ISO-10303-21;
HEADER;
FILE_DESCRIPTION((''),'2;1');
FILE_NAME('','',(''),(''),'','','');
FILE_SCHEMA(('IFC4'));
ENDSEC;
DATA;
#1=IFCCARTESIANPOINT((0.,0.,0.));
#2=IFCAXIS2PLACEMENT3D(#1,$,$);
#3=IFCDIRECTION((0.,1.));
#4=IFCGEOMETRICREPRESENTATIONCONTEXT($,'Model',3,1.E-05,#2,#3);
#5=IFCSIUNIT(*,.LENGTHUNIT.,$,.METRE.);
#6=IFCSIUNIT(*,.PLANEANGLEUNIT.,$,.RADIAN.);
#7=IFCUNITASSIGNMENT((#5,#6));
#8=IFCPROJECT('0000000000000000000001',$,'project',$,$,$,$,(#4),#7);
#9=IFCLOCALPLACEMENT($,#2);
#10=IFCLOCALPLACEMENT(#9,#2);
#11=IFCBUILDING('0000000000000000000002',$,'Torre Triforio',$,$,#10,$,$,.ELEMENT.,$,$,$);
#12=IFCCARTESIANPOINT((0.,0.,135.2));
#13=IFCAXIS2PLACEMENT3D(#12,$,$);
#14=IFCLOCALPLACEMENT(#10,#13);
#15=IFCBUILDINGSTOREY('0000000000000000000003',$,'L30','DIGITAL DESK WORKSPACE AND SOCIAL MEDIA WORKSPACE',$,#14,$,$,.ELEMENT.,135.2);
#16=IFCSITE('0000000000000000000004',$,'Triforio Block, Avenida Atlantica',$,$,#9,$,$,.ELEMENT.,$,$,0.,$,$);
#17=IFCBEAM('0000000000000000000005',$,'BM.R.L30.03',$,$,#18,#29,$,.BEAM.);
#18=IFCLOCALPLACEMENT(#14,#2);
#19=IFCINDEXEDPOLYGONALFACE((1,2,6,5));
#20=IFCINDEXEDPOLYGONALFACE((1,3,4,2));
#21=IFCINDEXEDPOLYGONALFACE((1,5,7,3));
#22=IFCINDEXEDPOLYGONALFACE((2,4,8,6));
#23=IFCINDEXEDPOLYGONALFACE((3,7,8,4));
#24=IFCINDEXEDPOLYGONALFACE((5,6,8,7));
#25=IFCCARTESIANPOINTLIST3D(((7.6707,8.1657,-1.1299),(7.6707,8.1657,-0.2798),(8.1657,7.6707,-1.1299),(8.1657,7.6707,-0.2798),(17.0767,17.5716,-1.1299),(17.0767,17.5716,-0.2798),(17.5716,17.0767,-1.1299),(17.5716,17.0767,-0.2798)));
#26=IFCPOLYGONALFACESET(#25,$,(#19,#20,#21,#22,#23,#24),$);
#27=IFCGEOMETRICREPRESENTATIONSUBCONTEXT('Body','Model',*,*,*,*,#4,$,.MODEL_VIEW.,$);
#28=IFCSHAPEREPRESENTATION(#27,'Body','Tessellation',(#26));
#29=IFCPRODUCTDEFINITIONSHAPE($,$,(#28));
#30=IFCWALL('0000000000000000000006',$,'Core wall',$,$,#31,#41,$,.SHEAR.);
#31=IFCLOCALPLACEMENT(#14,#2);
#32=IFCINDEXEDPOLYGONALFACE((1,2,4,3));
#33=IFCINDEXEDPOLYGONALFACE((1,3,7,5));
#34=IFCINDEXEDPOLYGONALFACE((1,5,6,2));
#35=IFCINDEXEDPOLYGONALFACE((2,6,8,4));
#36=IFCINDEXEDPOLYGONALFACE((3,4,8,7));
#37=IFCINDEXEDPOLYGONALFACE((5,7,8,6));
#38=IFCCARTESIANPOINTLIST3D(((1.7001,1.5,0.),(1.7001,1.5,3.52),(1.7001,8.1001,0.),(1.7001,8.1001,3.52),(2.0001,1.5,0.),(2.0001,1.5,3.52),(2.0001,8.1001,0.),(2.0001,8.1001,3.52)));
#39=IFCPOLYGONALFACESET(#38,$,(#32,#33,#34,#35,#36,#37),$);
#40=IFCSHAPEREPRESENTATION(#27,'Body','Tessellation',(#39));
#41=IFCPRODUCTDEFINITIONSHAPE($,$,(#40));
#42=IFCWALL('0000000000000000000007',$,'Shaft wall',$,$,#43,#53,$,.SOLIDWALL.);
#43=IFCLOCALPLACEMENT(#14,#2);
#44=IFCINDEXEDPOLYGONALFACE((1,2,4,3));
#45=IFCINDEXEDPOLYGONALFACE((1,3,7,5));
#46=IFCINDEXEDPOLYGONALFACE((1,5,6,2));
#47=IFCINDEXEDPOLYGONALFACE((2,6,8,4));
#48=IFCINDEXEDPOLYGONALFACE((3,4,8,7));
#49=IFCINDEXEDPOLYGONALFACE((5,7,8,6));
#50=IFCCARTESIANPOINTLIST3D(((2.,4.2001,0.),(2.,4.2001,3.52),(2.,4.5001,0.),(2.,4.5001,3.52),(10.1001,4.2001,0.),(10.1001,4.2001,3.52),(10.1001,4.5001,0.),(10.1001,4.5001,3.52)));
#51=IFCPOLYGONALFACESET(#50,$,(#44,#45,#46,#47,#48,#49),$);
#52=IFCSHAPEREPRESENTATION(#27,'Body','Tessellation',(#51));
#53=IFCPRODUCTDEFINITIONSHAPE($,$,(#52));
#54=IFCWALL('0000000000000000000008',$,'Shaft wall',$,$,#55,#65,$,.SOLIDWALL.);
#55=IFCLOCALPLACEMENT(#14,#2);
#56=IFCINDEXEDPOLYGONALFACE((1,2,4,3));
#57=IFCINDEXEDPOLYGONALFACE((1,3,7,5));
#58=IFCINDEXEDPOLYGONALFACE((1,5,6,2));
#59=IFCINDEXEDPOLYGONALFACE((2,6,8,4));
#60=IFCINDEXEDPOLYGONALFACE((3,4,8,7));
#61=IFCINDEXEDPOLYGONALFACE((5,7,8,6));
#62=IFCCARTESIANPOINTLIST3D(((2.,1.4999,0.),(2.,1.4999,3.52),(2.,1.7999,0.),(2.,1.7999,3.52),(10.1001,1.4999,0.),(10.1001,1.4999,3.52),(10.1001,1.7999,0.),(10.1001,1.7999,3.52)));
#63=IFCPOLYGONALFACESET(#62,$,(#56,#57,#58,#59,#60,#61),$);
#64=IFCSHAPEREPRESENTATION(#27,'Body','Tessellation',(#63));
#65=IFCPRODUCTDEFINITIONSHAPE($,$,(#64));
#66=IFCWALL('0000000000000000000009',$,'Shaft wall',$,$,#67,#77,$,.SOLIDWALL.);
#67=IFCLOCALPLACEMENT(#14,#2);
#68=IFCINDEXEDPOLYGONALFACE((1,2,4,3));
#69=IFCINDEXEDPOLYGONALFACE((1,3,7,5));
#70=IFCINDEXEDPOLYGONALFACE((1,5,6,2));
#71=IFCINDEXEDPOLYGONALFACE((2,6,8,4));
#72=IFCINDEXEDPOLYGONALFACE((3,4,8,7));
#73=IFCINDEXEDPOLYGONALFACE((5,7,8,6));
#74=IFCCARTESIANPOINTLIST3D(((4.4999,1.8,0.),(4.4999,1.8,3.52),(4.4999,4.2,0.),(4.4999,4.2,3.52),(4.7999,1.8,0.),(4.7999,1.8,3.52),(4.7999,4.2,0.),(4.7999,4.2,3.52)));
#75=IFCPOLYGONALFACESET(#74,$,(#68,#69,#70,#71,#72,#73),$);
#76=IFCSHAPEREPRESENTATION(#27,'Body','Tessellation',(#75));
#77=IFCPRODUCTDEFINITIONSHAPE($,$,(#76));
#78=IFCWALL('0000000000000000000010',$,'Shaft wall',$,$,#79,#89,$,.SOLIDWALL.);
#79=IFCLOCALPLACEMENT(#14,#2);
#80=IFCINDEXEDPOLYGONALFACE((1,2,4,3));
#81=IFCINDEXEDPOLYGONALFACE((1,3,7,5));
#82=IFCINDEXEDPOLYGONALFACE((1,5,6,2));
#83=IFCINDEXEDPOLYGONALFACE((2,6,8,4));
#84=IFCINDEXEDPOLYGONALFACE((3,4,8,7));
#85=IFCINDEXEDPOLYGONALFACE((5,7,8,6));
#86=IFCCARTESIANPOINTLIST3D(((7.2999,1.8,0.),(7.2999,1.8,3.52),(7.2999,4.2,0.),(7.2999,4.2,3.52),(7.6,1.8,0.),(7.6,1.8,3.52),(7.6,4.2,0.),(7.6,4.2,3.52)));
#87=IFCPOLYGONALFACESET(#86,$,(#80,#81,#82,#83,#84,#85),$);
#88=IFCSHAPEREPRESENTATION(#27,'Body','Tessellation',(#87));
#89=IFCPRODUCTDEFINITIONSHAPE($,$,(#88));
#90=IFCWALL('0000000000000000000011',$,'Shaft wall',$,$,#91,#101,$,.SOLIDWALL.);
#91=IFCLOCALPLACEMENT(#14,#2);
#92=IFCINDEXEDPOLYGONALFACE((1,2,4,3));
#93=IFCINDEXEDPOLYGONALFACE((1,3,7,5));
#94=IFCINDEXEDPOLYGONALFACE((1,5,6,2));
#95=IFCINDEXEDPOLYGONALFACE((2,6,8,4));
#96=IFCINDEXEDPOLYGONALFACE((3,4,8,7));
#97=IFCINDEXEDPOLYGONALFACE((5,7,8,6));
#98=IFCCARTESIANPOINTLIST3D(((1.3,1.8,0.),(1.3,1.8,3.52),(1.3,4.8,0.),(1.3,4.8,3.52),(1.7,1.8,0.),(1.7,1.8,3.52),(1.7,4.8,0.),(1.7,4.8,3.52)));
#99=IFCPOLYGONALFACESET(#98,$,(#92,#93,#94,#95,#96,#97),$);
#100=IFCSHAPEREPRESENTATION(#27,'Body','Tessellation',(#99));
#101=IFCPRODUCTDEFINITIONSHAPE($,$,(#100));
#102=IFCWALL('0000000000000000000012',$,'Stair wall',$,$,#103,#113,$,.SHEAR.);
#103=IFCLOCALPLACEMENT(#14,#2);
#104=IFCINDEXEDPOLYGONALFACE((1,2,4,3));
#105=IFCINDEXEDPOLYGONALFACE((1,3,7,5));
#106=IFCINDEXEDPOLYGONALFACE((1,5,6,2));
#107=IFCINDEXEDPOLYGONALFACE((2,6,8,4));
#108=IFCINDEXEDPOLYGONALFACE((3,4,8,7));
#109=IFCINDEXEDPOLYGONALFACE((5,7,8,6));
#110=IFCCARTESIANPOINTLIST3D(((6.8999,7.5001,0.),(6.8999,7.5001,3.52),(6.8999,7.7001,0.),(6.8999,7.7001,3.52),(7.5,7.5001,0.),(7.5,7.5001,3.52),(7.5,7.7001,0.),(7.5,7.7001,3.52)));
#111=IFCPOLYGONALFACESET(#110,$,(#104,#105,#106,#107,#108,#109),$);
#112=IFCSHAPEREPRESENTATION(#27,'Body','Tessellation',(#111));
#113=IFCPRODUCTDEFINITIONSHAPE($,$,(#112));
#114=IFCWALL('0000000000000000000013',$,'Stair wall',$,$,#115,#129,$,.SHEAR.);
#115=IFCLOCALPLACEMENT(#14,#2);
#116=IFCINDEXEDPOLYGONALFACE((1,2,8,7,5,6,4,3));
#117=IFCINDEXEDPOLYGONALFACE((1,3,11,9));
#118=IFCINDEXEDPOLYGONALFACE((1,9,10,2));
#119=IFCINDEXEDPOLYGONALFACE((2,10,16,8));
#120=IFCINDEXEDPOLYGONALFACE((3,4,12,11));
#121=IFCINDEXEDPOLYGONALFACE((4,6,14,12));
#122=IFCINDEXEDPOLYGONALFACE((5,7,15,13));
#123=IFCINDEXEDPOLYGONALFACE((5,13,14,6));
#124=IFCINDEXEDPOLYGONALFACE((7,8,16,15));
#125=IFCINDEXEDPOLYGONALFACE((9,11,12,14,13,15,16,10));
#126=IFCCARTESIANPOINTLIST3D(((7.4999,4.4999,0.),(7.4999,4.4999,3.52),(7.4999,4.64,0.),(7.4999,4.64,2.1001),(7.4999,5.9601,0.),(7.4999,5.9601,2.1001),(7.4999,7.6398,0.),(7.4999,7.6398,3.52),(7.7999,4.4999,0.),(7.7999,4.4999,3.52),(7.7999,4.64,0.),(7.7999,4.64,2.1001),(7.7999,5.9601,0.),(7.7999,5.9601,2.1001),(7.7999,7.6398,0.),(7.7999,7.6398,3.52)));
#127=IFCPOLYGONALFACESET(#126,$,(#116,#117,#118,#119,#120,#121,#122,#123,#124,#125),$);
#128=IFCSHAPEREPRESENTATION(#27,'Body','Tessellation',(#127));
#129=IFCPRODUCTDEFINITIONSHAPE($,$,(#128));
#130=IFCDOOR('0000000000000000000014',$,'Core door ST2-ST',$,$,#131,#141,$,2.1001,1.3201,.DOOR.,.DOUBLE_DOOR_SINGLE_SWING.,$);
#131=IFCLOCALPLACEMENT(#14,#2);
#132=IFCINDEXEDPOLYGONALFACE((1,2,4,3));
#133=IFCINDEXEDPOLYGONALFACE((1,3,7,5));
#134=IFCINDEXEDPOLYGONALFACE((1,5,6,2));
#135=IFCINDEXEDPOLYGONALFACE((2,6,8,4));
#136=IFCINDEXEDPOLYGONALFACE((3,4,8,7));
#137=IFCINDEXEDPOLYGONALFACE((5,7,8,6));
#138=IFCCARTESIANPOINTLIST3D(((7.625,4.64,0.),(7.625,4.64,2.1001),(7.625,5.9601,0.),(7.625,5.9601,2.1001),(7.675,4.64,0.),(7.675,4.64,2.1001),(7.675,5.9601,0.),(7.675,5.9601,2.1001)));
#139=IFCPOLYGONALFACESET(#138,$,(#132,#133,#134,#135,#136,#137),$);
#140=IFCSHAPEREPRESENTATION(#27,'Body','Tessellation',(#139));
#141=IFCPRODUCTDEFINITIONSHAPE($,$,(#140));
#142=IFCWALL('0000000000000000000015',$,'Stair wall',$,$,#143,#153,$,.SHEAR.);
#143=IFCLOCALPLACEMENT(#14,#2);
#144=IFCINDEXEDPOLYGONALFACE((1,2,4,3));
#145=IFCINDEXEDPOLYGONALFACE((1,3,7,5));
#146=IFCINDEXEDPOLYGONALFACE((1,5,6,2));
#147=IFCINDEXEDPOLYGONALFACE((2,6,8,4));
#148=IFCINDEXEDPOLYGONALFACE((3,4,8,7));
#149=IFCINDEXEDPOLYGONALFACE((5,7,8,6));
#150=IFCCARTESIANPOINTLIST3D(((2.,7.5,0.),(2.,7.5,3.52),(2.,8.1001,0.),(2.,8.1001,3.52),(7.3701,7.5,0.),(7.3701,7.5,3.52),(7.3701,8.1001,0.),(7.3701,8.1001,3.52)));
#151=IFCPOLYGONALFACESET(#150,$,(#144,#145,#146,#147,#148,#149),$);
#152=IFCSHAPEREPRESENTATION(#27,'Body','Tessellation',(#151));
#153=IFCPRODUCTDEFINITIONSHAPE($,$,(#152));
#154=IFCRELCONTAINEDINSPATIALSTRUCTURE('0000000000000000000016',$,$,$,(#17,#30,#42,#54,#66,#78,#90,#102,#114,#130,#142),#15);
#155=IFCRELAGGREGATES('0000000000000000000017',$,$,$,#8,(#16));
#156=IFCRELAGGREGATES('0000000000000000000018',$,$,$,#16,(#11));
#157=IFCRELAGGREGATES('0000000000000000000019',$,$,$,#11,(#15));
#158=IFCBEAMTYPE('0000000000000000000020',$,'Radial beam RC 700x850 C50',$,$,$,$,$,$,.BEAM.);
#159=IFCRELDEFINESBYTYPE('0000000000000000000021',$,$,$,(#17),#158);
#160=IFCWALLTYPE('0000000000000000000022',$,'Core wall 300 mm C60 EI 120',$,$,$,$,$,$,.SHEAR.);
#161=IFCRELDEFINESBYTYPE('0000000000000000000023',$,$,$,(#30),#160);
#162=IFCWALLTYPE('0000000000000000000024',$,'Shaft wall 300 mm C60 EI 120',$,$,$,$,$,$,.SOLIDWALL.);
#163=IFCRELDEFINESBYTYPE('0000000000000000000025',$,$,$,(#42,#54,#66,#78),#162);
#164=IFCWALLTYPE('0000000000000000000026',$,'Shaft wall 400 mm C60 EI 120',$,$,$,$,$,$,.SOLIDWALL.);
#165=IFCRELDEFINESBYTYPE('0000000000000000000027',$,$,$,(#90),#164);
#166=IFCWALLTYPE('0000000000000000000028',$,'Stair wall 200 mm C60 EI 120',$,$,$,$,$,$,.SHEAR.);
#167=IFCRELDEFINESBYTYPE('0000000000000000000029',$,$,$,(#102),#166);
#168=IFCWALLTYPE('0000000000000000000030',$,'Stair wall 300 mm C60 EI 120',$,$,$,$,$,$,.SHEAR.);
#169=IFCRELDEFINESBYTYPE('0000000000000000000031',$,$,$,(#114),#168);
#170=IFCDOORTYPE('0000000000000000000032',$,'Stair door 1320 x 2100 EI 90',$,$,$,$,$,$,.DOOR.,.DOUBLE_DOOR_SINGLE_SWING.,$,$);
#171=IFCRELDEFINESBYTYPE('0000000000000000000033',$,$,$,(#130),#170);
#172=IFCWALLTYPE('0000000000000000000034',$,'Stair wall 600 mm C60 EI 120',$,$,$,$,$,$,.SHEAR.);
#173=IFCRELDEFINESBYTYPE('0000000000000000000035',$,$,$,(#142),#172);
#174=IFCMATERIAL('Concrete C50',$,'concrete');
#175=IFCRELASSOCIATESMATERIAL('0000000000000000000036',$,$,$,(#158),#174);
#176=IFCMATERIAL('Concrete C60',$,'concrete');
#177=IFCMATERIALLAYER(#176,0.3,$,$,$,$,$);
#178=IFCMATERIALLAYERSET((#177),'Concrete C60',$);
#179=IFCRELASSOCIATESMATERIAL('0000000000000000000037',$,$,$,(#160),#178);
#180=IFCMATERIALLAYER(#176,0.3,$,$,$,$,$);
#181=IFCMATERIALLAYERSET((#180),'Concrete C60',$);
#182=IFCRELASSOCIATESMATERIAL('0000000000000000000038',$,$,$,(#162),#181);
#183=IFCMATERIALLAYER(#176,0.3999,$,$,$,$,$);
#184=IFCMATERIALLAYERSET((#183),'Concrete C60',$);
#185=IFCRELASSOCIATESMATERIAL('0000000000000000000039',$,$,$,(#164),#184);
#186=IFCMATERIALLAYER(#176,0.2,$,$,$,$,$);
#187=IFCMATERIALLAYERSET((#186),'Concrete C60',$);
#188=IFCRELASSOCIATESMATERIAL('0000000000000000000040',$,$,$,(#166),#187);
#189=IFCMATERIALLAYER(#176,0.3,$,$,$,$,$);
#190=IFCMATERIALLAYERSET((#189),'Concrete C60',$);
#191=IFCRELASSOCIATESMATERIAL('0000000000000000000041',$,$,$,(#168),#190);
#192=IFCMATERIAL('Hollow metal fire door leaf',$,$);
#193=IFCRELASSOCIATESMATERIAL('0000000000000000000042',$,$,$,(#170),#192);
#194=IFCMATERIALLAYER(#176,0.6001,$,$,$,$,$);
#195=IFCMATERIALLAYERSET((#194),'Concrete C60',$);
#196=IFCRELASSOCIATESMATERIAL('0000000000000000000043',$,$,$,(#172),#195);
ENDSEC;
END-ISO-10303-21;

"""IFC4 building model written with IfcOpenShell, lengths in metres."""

from ifc_helpers import new_model, si_unit, direction, frame, frame_2d, origin, origin_2d, place, context, subcontext, project, spatial, rectangle, extrude, material, layer, layer_set, material_profile, profile_set, type_object, element, fill, save


model = new_model("IFC4")

# Units and contexts
model_context = context("Model", 3, precision=1e-05, world=origin(), true_north=direction((0.0, 1.0)))
body_context = subcontext(model_context, "Body", "Model", "MODEL_VIEW")
ifc_project = project(units=[si_unit("LENGTHUNIT", "METRE"), si_unit("PLANEANGLEUNIT", "RADIAN")], contexts=[model_context])

# Site, building, storey
site_placement = place(None, origin())
site = spatial("IfcSite", under=ifc_project, at=site_placement, Name="Triforio Block, Avenida Atlantica", CompositionType="ELEMENT", RefElevation=0.0)
building_placement = place(site_placement, origin())
building = spatial("IfcBuilding", under=site, at=building_placement, Name="Torre Triforio", CompositionType="ELEMENT")
storey_placement = place(building_placement, frame((0.0, 0.0, 135.2)))
storey = spatial("IfcBuildingStorey", under=building, at=storey_placement, Name="L30", Description="DIGITAL DESK WORKSPACE AND SOCIAL MEDIA WORKSPACE", CompositionType="ELEMENT", Elevation=135.2)

# Beam
ifc_material_1 = material(Name="Concrete C50", Category="concrete")
ifc_material_profile = material_profile(ifc_material_1, rectangle(XDim=0.7, YDim=0.8501, at=origin_2d()), Name="RC 700x850")
ifc_profile_set = profile_set([ifc_material_profile], Name="Concrete C50")
beam_type = type_object("IfcBeamType", Name="Radial beam RC 700x850 C50", PredefinedType="BEAM", material=ifc_profile_set)
beam_placement = place(storey_placement, frame((7.9182, 7.9182, -0.7048), z_axis=(0.707107, 0.707107, 0.0), x_axis=(-0.707107, 0.707107, 0.0)))
element("IfcBeam", 1, at=beam_placement, inside=storey, type_object=beam_type, Name="BM.R.L30.03", PredefinedType="BEAM", context=body_context, shape_type="SweptSolid", body=[
    extrude(rectangle(XDim=0.7, YDim=0.8501, at=origin_2d()), origin(), (0.0, 0.0, 1.0), 13.302),
])

# Walls
ifc_material_2 = material(Name="Concrete C60", Category="concrete")
ifc_layer_1 = layer(ifc_material_2, 0.3)
ifc_layer_set_1 = layer_set([ifc_layer_1], Name="Concrete C60")
wall_type_1 = type_object("IfcWallType", Name="Core wall 300 mm C60 EI 120", PredefinedType="SHEAR", material=ifc_layer_set_1)
wall_1_placement = place(storey_placement, frame((1.8501, 1.5, 0.0), z_axis=(0.0, 0.0, 1.0), x_axis=(0.0, 1.0, 0.0)))
element("IfcWall", 2, at=wall_1_placement, inside=storey, type_object=wall_type_1, Name="Core wall", PredefinedType="SHEAR", context=body_context, shape_type="SweptSolid", body=[
    extrude(rectangle(XDim=6.6001, YDim=0.3, at=frame_2d((3.3, 0.0))), origin(), (0.0, 0.0, 1.0), 3.52),
])
ifc_layer_2 = layer(ifc_material_2, 0.3)
ifc_layer_set_2 = layer_set([ifc_layer_2], Name="Concrete C60")
wall_type_2 = type_object("IfcWallType", Name="Shaft wall 300 mm C60 EI 120", PredefinedType="SOLIDWALL", material=ifc_layer_set_2)
for number, where, z_axis, x_axis, name in (
    (3, (2.0, 4.3501, 0.0), (0.0, 0.0, 1.0), (1.0, 0.0, 0.0), "Shaft wall"),
    (4, (2.0, 1.6499, 0.0), (0.0, 0.0, 1.0), (1.0, 0.0, 0.0), "Shaft wall"),
):
    element("IfcWall", number, at=place(storey_placement, frame(where, z_axis=z_axis, x_axis=x_axis)), inside=storey, type_object=wall_type_2, Name=name, PredefinedType="SOLIDWALL", context=body_context, shape_type="SweptSolid", body=[
        extrude(rectangle(XDim=8.1001, YDim=0.3, at=frame_2d((4.05, 0.0))), origin(), (0.0, 0.0, 1.0), 3.52),
    ])
for number, where, z_axis, x_axis, name in (
    (5, (4.6499, 1.8, 0.0), (0.0, 0.0, 1.0), (0.0, 1.0, 0.0), "Shaft wall"),
    (6, (7.45, 1.8, 0.0), (0.0, 0.0, 1.0), (0.0, 1.0, 0.0), "Shaft wall"),
):
    element("IfcWall", number, at=place(storey_placement, frame(where, z_axis=z_axis, x_axis=x_axis)), inside=storey, type_object=wall_type_2, Name=name, PredefinedType="SOLIDWALL", context=body_context, shape_type="SweptSolid", body=[
        extrude(rectangle(XDim=2.3999, YDim=0.3, at=frame_2d((1.2, 0.0))), origin(), (0.0, 0.0, 1.0), 3.52),
    ])
ifc_layer_3 = layer(ifc_material_2, 0.3999)
ifc_layer_set_3 = layer_set([ifc_layer_3], Name="Concrete C60")
wall_type_3 = type_object("IfcWallType", Name="Shaft wall 400 mm C60 EI 120", PredefinedType="SOLIDWALL", material=ifc_layer_set_3)
wall_2_placement = place(storey_placement, frame((1.5, 1.8, 0.0), z_axis=(0.0, 0.0, 1.0), x_axis=(0.0, 1.0, 0.0)))
element("IfcWall", 7, at=wall_2_placement, inside=storey, type_object=wall_type_3, Name="Shaft wall", PredefinedType="SOLIDWALL", context=body_context, shape_type="SweptSolid", body=[
    extrude(rectangle(XDim=3.0, YDim=0.3999, at=frame_2d((1.5, 0.0))), origin(), (0.0, 0.0, 1.0), 3.52),
])
ifc_layer_4 = layer(ifc_material_2, 0.2)
ifc_layer_set_4 = layer_set([ifc_layer_4], Name="Concrete C60")
wall_type_4 = type_object("IfcWallType", Name="Stair wall 200 mm C60 EI 120", PredefinedType="SHEAR", material=ifc_layer_set_4)
wall_3_placement = place(storey_placement, frame((6.8999, 7.6001, 0.0), z_axis=(0.0, 0.0, 1.0), x_axis=(1.0, 0.0, 0.0)))
element("IfcWall", 8, at=wall_3_placement, inside=storey, type_object=wall_type_4, Name="Stair wall", PredefinedType="SHEAR", context=body_context, shape_type="SweptSolid", body=[
    extrude(rectangle(XDim=0.6001, YDim=0.2, at=frame_2d((0.3, 0.0))), origin(), (0.0, 0.0, 1.0), 3.52),
])

# Wall, opening, door
ifc_layer_5 = layer(ifc_material_2, 0.3)
ifc_layer_set_5 = layer_set([ifc_layer_5], Name="Concrete C60")
wall_type_5 = type_object("IfcWallType", Name="Stair wall 300 mm C60 EI 120", PredefinedType="SHEAR", material=ifc_layer_set_5)
wall_4_placement = place(storey_placement, frame((7.6499, 4.5, 0.0), z_axis=(0.0, 0.0, 1.0), x_axis=(0.0, 1.0, 0.0)))
wall_4 = element("IfcWall", 9, at=wall_4_placement, inside=storey, type_object=wall_type_5, Name="Stair wall", PredefinedType="SHEAR", context=body_context, shape_type="SweptSolid", body=[
    extrude(rectangle(XDim=3.1399, YDim=0.3, at=frame_2d((1.5698, 0.0))), origin(), (0.0, 0.0, 1.0), 3.52),
])
opening_placement = place(wall_4_placement, frame((0.1399, 0.0, 0.0)))
opening = element("IfcOpeningElement", 10, at=opening_placement, cuts=wall_4, PredefinedType="OPENING", context=body_context, shape_type="SweptSolid", body=[
    extrude(rectangle(XDim=1.3201, YDim=2.1001, at=frame_2d((0.6602, 1.05))), frame((0.0, 0.1599, 0.0), z_axis=(0.0, -1.0, 0.0), x_axis=(1.0, 0.0, 0.0)), (0.0, 0.0, 1.0), 0.3201),
])
ifc_material_3 = material(Name="Hollow metal fire door leaf")
door_type = type_object("IfcDoorType", Name="Stair door 1320 x 2100 EI 90", OperationType="DOUBLE_DOOR_SINGLE_SWING", PredefinedType="DOOR", material=ifc_material_3)
door_placement = place(opening_placement, origin())
door = element("IfcDoor", 11, at=door_placement, inside=storey, type_object=door_type, Name="Core door ST2-ST", OperationType="DOUBLE_DOOR_SINGLE_SWING", OverallHeight=2.1001, OverallWidth=1.3201, PredefinedType="DOOR", context=body_context, shape_type="SweptSolid", body=[
    extrude(rectangle(XDim=1.3201, YDim=2.1001, at=frame_2d((0.6602, 1.05))), frame((0.0, 0.0249, 0.0), z_axis=(0.0, -1.0, 0.0), x_axis=(1.0, 0.0, 0.0)), (0.0, 0.0, 1.0), 0.05),
])
fill(opening, door)

# Wall
ifc_layer_6 = layer(ifc_material_2, 0.6001)
ifc_layer_set_6 = layer_set([ifc_layer_6], Name="Concrete C60")
wall_type_6 = type_object("IfcWallType", Name="Stair wall 600 mm C60 EI 120", PredefinedType="SHEAR", material=ifc_layer_set_6)
wall_5_placement = place(storey_placement, frame((2.0, 7.8, 0.0), z_axis=(0.0, 0.0, 1.0), x_axis=(1.0, 0.0, 0.0)))
element("IfcWall", 12, at=wall_5_placement, inside=storey, type_object=wall_type_6, Name="Stair wall", PredefinedType="SHEAR", context=body_context, shape_type="SweptSolid", body=[
    extrude(rectangle(XDim=5.3701, YDim=0.6001, at=frame_2d((2.6851, 0.0))), origin(), (0.0, 0.0, 1.0), 3.52),
])

save(model, "model.ifc")
